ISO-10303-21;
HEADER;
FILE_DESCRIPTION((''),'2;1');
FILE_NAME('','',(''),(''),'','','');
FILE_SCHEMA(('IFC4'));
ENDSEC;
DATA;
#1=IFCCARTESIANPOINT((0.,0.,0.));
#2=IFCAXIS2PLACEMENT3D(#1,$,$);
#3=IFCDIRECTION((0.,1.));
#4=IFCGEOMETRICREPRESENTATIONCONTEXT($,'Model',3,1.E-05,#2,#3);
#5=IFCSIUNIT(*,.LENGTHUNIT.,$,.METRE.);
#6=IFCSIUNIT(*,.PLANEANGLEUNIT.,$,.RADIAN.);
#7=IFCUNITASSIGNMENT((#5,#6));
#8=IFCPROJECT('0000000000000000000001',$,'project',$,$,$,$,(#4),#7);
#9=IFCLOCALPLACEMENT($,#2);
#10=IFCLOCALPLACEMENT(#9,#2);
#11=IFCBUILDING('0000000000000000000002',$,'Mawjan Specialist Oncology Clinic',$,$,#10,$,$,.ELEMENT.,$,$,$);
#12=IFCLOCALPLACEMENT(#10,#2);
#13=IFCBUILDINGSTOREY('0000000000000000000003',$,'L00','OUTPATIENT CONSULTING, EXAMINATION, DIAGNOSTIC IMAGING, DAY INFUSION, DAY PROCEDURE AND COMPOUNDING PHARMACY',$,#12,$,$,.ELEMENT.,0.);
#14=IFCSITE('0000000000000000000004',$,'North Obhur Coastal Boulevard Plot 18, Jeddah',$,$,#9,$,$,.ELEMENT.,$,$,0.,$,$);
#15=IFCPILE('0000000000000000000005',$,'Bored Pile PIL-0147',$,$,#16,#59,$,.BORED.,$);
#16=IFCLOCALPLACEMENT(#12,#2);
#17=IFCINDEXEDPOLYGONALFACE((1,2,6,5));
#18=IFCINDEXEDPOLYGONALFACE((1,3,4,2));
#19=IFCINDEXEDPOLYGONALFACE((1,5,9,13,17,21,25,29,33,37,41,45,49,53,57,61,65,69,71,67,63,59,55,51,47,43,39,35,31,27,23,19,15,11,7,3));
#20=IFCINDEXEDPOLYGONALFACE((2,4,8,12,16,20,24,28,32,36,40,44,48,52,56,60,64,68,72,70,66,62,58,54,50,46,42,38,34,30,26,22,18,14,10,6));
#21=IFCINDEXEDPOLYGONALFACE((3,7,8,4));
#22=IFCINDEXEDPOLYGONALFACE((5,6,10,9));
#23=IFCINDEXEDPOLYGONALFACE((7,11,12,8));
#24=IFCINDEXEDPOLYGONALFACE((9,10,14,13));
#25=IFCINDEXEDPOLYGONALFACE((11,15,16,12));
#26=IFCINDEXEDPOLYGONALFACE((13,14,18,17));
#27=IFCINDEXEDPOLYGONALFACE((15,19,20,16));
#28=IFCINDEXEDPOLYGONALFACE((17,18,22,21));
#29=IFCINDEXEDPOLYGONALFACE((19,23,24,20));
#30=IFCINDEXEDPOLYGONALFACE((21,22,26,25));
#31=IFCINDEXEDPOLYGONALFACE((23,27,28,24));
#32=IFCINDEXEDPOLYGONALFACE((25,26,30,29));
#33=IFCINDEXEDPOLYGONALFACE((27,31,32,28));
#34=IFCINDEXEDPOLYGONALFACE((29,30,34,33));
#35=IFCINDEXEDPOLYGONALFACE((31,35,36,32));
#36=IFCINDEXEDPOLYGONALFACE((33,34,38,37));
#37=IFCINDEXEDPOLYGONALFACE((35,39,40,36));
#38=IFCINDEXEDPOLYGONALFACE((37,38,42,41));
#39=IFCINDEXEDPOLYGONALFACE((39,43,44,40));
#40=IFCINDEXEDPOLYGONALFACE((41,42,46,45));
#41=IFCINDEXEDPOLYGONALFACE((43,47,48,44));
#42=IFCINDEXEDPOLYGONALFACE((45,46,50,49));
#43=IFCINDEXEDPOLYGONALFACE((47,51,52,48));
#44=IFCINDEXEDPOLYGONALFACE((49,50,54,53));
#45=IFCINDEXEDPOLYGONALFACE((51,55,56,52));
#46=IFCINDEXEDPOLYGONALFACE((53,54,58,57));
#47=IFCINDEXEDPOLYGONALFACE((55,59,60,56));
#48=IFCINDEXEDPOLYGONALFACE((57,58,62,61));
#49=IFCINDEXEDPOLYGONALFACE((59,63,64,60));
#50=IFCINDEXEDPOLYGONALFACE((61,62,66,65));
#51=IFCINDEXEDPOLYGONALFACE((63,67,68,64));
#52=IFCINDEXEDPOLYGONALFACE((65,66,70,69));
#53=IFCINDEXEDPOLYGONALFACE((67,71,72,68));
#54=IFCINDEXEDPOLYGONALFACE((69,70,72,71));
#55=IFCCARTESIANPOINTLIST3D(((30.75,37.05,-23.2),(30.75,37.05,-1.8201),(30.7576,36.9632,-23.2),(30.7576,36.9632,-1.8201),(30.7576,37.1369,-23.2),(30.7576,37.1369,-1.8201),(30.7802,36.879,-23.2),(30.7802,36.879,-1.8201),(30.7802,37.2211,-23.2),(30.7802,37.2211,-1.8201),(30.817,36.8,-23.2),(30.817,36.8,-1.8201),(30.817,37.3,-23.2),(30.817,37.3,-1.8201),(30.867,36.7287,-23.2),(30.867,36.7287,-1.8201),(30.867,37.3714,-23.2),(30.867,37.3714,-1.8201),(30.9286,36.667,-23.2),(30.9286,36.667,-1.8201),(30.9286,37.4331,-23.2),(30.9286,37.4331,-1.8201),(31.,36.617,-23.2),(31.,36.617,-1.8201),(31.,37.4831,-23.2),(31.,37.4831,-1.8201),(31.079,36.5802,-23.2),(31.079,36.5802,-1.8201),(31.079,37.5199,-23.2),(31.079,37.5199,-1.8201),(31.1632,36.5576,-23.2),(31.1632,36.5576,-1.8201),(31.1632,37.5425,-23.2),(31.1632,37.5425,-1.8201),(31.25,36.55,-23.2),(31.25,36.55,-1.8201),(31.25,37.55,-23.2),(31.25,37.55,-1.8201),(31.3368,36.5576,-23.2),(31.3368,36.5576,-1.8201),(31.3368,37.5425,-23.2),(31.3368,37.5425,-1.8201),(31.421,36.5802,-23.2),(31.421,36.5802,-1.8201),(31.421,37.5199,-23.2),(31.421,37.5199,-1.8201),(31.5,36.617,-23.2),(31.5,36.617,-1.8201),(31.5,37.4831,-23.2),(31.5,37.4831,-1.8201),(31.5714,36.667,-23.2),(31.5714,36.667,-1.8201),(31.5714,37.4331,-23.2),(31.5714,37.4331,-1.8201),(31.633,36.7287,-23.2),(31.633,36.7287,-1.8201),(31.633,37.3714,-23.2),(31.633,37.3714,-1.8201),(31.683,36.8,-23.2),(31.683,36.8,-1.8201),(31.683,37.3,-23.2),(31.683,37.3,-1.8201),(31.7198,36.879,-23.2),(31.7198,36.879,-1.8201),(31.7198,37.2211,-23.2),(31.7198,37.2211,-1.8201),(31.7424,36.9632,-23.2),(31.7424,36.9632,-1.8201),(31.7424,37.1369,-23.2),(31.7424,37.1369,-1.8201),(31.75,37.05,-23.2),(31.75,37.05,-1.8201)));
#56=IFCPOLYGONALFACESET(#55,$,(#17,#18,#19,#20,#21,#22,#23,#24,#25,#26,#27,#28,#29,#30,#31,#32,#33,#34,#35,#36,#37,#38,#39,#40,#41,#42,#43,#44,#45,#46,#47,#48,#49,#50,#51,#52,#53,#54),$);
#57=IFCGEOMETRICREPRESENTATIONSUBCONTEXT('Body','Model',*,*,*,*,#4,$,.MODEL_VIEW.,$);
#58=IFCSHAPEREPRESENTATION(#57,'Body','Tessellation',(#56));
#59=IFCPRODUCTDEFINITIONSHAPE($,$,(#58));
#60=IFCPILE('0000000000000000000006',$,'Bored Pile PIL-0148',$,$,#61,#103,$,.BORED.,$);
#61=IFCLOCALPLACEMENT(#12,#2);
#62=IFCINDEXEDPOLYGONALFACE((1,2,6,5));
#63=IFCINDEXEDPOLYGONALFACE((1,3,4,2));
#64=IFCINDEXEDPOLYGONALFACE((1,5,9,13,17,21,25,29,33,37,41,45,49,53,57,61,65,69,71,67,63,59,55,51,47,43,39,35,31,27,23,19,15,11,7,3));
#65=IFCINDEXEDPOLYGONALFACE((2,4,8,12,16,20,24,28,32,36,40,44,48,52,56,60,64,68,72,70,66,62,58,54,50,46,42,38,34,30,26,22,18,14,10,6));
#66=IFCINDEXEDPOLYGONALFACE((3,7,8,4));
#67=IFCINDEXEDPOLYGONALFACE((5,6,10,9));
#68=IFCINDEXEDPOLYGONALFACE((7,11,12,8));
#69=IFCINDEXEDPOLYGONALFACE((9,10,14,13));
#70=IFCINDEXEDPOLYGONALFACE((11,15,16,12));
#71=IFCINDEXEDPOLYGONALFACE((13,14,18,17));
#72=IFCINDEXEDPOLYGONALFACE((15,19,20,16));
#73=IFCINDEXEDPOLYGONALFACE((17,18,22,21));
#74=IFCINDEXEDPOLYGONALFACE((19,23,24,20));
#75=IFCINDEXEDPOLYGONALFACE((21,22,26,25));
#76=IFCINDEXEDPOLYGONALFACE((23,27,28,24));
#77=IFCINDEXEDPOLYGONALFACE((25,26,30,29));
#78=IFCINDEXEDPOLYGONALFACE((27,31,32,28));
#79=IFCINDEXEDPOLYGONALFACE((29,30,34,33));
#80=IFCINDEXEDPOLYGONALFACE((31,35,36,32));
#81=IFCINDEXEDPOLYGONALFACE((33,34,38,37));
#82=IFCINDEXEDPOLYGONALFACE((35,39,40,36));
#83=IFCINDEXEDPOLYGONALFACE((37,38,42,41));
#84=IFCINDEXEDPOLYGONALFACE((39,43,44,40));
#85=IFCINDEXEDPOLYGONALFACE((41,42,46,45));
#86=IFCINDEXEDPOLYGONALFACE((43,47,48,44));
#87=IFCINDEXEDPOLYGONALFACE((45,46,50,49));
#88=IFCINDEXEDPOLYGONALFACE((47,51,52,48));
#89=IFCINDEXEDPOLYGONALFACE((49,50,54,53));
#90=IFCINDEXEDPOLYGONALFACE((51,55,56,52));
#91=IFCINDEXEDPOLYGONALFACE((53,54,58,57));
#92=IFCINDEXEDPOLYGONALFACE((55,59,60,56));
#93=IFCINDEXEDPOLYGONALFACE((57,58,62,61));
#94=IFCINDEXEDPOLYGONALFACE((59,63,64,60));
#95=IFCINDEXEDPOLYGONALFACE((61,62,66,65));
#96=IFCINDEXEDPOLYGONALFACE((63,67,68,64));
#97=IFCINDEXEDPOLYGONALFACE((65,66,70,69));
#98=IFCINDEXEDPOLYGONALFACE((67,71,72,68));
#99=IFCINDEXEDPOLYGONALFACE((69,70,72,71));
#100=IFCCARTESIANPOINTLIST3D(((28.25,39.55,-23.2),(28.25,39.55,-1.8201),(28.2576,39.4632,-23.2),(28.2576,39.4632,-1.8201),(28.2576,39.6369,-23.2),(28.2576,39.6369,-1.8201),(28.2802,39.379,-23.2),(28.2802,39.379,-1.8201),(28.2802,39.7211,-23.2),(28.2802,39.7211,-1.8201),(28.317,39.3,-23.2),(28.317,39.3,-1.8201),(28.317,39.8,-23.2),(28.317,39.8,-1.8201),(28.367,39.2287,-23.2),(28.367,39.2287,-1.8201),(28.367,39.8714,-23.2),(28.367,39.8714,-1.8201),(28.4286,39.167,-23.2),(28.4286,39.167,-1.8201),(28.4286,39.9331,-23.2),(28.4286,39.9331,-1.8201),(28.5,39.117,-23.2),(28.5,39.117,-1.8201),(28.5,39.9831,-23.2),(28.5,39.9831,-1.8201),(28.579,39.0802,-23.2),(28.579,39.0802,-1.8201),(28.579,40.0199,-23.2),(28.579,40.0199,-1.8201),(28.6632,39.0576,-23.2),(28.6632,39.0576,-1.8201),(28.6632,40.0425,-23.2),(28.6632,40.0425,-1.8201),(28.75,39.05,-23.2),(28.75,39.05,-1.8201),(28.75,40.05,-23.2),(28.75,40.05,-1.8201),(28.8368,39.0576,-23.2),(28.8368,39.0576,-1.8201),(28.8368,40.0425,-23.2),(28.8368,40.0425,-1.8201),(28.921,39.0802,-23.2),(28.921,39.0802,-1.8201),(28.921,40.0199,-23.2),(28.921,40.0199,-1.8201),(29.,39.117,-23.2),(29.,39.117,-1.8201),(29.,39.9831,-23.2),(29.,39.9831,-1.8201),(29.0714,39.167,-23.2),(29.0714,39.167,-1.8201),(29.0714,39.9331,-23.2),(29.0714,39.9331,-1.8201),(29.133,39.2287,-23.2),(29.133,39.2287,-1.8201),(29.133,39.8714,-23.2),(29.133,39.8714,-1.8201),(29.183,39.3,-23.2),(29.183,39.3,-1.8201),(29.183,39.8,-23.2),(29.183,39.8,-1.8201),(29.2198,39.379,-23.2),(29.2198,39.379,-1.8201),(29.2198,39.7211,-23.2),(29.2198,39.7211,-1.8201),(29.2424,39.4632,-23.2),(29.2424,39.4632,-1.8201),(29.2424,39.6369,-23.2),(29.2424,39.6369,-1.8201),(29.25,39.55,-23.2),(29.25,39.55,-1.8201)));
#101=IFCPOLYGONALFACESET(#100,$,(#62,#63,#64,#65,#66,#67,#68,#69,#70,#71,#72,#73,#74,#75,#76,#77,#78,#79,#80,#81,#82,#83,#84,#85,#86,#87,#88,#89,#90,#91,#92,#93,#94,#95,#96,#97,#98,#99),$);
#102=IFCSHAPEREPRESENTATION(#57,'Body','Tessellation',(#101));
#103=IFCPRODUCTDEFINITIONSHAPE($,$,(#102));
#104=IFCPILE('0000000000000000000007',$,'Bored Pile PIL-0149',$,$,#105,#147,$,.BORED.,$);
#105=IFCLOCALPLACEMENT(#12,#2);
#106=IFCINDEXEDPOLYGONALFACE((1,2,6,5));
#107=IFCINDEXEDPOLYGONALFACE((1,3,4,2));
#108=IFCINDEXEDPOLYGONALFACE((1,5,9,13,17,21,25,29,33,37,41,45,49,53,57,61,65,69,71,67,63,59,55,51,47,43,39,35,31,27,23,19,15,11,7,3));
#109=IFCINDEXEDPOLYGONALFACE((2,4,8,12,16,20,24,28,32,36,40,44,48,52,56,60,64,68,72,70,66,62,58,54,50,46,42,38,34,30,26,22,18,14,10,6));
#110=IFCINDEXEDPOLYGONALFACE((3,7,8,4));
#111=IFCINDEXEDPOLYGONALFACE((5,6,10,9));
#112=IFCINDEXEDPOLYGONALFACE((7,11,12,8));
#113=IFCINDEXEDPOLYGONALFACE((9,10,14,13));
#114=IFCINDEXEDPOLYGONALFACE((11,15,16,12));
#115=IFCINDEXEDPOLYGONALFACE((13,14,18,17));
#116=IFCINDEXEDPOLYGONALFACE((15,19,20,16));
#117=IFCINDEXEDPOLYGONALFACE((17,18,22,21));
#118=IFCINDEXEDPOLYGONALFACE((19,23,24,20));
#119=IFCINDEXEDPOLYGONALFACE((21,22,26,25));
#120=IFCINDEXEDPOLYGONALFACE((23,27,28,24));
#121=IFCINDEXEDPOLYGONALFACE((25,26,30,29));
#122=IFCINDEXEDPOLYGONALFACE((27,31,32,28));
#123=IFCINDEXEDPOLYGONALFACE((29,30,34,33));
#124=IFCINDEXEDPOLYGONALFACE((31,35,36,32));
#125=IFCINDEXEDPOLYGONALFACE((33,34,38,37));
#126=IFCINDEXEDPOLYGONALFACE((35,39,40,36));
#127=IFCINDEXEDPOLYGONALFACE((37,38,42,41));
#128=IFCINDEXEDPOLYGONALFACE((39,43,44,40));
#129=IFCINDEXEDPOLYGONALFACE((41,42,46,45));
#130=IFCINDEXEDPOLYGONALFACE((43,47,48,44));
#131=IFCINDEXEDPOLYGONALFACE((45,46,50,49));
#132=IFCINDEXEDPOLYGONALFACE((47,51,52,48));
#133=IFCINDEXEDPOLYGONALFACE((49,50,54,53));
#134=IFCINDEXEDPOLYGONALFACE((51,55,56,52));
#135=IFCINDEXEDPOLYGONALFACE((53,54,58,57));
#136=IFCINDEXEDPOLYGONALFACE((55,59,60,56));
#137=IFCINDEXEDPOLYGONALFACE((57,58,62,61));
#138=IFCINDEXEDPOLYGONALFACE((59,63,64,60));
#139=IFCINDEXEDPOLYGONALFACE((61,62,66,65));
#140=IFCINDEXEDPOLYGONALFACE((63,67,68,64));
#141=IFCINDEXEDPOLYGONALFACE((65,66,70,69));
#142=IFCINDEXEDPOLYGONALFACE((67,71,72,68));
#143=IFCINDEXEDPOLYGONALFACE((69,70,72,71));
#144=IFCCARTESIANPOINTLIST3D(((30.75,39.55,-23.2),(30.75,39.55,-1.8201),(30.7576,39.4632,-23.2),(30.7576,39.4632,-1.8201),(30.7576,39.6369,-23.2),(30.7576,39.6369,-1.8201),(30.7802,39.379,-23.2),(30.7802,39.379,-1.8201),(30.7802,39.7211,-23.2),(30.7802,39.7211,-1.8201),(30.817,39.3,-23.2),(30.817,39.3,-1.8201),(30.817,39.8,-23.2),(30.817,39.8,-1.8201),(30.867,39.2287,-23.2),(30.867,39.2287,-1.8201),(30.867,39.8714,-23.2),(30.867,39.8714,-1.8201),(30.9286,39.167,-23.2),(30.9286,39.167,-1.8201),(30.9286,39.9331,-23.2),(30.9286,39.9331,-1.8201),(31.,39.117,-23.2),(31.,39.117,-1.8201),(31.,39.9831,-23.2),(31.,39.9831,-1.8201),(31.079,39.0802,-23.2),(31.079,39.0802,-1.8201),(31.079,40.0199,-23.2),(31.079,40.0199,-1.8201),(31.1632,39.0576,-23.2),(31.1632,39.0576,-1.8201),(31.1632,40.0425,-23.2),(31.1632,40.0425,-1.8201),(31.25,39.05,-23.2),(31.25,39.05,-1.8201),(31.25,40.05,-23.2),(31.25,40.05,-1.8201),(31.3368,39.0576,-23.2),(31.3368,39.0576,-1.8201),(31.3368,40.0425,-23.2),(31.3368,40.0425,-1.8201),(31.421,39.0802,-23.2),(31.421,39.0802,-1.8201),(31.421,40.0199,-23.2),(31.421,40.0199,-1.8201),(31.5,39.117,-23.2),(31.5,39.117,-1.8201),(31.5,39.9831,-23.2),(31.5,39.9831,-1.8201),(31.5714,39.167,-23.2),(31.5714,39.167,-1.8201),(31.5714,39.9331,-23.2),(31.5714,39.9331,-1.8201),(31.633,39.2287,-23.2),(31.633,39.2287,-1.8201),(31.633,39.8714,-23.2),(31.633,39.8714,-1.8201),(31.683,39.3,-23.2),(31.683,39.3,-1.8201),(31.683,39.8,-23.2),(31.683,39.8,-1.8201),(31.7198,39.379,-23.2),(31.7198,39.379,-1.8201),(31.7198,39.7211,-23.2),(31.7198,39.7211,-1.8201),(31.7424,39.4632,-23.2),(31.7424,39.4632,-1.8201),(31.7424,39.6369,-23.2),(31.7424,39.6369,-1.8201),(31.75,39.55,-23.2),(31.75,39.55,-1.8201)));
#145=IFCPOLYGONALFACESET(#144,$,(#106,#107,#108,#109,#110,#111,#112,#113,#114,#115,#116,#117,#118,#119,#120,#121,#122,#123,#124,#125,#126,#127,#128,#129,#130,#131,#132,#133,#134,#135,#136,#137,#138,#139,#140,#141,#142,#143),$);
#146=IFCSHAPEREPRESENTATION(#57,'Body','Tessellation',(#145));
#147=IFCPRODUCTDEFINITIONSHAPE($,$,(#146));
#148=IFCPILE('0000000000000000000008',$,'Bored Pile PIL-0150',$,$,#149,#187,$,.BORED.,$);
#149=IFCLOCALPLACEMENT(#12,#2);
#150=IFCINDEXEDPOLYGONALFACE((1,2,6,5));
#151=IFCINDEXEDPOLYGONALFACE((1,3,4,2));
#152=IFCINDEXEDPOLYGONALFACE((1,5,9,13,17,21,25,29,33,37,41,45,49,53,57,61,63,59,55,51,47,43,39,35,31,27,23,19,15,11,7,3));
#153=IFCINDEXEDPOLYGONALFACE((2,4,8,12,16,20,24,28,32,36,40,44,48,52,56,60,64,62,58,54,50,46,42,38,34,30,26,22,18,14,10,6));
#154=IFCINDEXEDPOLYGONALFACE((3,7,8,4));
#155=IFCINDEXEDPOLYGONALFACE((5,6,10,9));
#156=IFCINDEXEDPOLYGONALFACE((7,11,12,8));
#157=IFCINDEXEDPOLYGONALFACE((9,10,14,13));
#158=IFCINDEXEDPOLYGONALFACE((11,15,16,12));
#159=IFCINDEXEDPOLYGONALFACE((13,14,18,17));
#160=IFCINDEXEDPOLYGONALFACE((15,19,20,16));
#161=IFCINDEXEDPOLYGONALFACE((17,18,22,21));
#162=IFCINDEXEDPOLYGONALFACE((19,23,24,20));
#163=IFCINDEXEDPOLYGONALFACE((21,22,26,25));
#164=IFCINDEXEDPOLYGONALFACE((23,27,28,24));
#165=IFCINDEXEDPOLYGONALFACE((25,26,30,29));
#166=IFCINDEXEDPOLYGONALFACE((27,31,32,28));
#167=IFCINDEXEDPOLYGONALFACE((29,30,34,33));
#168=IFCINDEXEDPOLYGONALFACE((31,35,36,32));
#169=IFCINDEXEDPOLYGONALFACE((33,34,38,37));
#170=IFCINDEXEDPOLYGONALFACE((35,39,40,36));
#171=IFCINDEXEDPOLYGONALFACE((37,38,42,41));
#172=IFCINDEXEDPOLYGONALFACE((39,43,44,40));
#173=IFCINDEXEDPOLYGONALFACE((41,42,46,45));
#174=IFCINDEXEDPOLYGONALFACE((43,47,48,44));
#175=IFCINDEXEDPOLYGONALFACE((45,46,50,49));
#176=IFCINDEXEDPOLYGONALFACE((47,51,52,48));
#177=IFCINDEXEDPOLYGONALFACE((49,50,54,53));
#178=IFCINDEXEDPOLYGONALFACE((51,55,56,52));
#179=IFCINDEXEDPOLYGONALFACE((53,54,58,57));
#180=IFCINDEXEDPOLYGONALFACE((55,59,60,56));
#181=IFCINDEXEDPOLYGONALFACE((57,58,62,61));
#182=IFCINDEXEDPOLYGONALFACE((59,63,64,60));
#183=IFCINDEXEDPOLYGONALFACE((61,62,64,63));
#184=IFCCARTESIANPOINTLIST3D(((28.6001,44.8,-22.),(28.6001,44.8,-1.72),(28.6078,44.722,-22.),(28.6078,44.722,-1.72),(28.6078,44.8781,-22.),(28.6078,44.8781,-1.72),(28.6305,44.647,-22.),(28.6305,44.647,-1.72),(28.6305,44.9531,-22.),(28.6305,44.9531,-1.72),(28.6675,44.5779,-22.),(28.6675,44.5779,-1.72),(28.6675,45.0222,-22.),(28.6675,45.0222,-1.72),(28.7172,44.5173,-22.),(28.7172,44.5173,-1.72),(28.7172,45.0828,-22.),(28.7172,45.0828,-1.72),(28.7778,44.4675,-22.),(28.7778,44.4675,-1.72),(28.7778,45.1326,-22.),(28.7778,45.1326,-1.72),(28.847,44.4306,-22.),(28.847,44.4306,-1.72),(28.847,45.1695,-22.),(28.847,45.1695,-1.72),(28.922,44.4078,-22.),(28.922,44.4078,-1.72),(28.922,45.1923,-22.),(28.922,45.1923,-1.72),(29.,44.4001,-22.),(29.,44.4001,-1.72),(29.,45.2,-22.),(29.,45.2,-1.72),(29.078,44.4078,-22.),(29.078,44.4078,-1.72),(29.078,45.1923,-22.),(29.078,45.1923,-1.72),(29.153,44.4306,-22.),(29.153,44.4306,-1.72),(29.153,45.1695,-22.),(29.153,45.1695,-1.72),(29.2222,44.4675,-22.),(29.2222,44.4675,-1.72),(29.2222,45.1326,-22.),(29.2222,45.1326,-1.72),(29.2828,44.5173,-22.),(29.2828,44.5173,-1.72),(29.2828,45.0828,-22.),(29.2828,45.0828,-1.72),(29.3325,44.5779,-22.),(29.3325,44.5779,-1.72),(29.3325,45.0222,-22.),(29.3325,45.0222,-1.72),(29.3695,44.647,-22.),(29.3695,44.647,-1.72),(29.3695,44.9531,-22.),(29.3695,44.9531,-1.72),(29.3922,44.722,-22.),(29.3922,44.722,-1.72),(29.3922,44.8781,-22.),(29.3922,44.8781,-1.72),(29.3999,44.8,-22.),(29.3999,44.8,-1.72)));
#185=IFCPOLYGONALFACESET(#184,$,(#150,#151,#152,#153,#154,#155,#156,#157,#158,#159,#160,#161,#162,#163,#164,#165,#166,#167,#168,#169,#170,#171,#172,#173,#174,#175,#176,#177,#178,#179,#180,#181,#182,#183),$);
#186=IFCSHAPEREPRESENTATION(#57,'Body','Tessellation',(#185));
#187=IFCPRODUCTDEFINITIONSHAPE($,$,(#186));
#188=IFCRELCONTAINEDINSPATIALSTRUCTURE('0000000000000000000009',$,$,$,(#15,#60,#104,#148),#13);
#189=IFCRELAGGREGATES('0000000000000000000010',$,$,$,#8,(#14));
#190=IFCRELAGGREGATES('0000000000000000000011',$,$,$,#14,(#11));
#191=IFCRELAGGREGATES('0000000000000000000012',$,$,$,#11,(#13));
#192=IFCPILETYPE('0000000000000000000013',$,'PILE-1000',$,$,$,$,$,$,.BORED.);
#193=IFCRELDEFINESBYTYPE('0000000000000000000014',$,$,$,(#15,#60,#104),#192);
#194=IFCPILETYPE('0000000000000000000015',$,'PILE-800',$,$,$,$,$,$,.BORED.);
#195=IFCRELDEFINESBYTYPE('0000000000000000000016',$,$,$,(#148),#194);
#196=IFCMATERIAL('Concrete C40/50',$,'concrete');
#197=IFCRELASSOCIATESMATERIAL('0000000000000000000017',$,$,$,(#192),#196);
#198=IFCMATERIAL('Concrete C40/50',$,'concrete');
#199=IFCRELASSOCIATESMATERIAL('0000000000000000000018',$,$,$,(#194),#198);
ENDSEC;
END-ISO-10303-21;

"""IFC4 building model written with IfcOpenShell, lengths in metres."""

from ifc_helpers import new_model, si_unit, direction, frame, origin, origin_2d, place, context, subcontext, project, spatial, circle, extrude, material, material_profile, profile_set, type_object, element, save


model = new_model("IFC4")

# Units and contexts
model_context = context("Model", 3, precision=1e-05, world=origin(), true_north=direction((0.0, 1.0)))
body_context = subcontext(model_context, "Body", "Model", "MODEL_VIEW")
ifc_project = project(units=[si_unit("LENGTHUNIT", "METRE"), si_unit("PLANEANGLEUNIT", "RADIAN")], contexts=[model_context])

# Site, building, storey
site_placement = place(None, origin())
site = spatial("IfcSite", under=ifc_project, at=site_placement, Name="North Obhur Coastal Boulevard Plot 18, Jeddah", CompositionType="ELEMENT", RefElevation=0.0)
building_placement = place(site_placement, origin())
building = spatial("IfcBuilding", under=site, at=building_placement, Name="Mawjan Specialist Oncology Clinic", CompositionType="ELEMENT")
storey_placement = place(building_placement, origin())
storey = spatial("IfcBuildingStorey", under=building, at=storey_placement, Name="L00", Description="OUTPATIENT CONSULTING, EXAMINATION, DIAGNOSTIC IMAGING, DAY INFUSION, DAY PROCEDURE AND COMPOUNDING PHARMACY", CompositionType="ELEMENT", Elevation=0.0)

# Piles
ifc_material_1 = material(Name="Concrete C40/50", Category="concrete")
ifc_material_profile_1 = material_profile(ifc_material_1, circle(Radius=0.5, at=origin_2d()), Name="BORED PILE D1000", Category="concrete")
ifc_profile_set_1 = profile_set([ifc_material_profile_1], Name="Concrete C40/50")
pile_type_1 = type_object("IfcPileType", Name="PILE-1000", PredefinedType="BORED", material=ifc_profile_set_1)
for number, where, z_axis, x_axis, name in (
    (1, (31.25, 37.05, -1.8201), (0.0, 0.0, -1.0), (1.0, 0.0, 0.0), "Bored Pile PIL-0147"),
    (2, (28.75, 39.55, -1.8201), (0.0, 0.0, -1.0), (1.0, 0.0, 0.0), "Bored Pile PIL-0148"),
    (3, (31.25, 39.55, -1.8201), (0.0, 0.0, -1.0), (1.0, 0.0, 0.0), "Bored Pile PIL-0149"),
):
    element("IfcPile", number, at=place(storey_placement, frame(where, z_axis=z_axis, x_axis=x_axis)), inside=storey, type_object=pile_type_1, Name=name, PredefinedType="BORED", context=body_context, shape_type="SweptSolid", body=[
        extrude(circle(Radius=0.5, at=origin_2d()), origin(), (0.0, 0.0, 1.0), 21.3799),
    ])
ifc_material_2 = material(Name="Concrete C40/50", Category="concrete")
ifc_material_profile_2 = material_profile(ifc_material_2, circle(Radius=0.3999, at=origin_2d()), Name="BORED PILE D800", Category="concrete")
ifc_profile_set_2 = profile_set([ifc_material_profile_2], Name="Concrete C40/50")
pile_type_2 = type_object("IfcPileType", Name="PILE-800", PredefinedType="BORED", material=ifc_profile_set_2)
for number, where, z_axis, x_axis, name in (
    (4, (29.0, 44.8, -1.72), (0.0, 0.0, -1.0), (1.0, 0.0, 0.0), "Bored Pile PIL-0150"),
):
    element("IfcPile", number, at=place(storey_placement, frame(where, z_axis=z_axis, x_axis=x_axis)), inside=storey, type_object=pile_type_2, Name=name, PredefinedType="BORED", context=body_context, shape_type="SweptSolid", body=[
        extrude(circle(Radius=0.3999, at=origin_2d()), origin(), (0.0, 0.0, 1.0), 20.28),
    ])

save(model, "model.ifc")
